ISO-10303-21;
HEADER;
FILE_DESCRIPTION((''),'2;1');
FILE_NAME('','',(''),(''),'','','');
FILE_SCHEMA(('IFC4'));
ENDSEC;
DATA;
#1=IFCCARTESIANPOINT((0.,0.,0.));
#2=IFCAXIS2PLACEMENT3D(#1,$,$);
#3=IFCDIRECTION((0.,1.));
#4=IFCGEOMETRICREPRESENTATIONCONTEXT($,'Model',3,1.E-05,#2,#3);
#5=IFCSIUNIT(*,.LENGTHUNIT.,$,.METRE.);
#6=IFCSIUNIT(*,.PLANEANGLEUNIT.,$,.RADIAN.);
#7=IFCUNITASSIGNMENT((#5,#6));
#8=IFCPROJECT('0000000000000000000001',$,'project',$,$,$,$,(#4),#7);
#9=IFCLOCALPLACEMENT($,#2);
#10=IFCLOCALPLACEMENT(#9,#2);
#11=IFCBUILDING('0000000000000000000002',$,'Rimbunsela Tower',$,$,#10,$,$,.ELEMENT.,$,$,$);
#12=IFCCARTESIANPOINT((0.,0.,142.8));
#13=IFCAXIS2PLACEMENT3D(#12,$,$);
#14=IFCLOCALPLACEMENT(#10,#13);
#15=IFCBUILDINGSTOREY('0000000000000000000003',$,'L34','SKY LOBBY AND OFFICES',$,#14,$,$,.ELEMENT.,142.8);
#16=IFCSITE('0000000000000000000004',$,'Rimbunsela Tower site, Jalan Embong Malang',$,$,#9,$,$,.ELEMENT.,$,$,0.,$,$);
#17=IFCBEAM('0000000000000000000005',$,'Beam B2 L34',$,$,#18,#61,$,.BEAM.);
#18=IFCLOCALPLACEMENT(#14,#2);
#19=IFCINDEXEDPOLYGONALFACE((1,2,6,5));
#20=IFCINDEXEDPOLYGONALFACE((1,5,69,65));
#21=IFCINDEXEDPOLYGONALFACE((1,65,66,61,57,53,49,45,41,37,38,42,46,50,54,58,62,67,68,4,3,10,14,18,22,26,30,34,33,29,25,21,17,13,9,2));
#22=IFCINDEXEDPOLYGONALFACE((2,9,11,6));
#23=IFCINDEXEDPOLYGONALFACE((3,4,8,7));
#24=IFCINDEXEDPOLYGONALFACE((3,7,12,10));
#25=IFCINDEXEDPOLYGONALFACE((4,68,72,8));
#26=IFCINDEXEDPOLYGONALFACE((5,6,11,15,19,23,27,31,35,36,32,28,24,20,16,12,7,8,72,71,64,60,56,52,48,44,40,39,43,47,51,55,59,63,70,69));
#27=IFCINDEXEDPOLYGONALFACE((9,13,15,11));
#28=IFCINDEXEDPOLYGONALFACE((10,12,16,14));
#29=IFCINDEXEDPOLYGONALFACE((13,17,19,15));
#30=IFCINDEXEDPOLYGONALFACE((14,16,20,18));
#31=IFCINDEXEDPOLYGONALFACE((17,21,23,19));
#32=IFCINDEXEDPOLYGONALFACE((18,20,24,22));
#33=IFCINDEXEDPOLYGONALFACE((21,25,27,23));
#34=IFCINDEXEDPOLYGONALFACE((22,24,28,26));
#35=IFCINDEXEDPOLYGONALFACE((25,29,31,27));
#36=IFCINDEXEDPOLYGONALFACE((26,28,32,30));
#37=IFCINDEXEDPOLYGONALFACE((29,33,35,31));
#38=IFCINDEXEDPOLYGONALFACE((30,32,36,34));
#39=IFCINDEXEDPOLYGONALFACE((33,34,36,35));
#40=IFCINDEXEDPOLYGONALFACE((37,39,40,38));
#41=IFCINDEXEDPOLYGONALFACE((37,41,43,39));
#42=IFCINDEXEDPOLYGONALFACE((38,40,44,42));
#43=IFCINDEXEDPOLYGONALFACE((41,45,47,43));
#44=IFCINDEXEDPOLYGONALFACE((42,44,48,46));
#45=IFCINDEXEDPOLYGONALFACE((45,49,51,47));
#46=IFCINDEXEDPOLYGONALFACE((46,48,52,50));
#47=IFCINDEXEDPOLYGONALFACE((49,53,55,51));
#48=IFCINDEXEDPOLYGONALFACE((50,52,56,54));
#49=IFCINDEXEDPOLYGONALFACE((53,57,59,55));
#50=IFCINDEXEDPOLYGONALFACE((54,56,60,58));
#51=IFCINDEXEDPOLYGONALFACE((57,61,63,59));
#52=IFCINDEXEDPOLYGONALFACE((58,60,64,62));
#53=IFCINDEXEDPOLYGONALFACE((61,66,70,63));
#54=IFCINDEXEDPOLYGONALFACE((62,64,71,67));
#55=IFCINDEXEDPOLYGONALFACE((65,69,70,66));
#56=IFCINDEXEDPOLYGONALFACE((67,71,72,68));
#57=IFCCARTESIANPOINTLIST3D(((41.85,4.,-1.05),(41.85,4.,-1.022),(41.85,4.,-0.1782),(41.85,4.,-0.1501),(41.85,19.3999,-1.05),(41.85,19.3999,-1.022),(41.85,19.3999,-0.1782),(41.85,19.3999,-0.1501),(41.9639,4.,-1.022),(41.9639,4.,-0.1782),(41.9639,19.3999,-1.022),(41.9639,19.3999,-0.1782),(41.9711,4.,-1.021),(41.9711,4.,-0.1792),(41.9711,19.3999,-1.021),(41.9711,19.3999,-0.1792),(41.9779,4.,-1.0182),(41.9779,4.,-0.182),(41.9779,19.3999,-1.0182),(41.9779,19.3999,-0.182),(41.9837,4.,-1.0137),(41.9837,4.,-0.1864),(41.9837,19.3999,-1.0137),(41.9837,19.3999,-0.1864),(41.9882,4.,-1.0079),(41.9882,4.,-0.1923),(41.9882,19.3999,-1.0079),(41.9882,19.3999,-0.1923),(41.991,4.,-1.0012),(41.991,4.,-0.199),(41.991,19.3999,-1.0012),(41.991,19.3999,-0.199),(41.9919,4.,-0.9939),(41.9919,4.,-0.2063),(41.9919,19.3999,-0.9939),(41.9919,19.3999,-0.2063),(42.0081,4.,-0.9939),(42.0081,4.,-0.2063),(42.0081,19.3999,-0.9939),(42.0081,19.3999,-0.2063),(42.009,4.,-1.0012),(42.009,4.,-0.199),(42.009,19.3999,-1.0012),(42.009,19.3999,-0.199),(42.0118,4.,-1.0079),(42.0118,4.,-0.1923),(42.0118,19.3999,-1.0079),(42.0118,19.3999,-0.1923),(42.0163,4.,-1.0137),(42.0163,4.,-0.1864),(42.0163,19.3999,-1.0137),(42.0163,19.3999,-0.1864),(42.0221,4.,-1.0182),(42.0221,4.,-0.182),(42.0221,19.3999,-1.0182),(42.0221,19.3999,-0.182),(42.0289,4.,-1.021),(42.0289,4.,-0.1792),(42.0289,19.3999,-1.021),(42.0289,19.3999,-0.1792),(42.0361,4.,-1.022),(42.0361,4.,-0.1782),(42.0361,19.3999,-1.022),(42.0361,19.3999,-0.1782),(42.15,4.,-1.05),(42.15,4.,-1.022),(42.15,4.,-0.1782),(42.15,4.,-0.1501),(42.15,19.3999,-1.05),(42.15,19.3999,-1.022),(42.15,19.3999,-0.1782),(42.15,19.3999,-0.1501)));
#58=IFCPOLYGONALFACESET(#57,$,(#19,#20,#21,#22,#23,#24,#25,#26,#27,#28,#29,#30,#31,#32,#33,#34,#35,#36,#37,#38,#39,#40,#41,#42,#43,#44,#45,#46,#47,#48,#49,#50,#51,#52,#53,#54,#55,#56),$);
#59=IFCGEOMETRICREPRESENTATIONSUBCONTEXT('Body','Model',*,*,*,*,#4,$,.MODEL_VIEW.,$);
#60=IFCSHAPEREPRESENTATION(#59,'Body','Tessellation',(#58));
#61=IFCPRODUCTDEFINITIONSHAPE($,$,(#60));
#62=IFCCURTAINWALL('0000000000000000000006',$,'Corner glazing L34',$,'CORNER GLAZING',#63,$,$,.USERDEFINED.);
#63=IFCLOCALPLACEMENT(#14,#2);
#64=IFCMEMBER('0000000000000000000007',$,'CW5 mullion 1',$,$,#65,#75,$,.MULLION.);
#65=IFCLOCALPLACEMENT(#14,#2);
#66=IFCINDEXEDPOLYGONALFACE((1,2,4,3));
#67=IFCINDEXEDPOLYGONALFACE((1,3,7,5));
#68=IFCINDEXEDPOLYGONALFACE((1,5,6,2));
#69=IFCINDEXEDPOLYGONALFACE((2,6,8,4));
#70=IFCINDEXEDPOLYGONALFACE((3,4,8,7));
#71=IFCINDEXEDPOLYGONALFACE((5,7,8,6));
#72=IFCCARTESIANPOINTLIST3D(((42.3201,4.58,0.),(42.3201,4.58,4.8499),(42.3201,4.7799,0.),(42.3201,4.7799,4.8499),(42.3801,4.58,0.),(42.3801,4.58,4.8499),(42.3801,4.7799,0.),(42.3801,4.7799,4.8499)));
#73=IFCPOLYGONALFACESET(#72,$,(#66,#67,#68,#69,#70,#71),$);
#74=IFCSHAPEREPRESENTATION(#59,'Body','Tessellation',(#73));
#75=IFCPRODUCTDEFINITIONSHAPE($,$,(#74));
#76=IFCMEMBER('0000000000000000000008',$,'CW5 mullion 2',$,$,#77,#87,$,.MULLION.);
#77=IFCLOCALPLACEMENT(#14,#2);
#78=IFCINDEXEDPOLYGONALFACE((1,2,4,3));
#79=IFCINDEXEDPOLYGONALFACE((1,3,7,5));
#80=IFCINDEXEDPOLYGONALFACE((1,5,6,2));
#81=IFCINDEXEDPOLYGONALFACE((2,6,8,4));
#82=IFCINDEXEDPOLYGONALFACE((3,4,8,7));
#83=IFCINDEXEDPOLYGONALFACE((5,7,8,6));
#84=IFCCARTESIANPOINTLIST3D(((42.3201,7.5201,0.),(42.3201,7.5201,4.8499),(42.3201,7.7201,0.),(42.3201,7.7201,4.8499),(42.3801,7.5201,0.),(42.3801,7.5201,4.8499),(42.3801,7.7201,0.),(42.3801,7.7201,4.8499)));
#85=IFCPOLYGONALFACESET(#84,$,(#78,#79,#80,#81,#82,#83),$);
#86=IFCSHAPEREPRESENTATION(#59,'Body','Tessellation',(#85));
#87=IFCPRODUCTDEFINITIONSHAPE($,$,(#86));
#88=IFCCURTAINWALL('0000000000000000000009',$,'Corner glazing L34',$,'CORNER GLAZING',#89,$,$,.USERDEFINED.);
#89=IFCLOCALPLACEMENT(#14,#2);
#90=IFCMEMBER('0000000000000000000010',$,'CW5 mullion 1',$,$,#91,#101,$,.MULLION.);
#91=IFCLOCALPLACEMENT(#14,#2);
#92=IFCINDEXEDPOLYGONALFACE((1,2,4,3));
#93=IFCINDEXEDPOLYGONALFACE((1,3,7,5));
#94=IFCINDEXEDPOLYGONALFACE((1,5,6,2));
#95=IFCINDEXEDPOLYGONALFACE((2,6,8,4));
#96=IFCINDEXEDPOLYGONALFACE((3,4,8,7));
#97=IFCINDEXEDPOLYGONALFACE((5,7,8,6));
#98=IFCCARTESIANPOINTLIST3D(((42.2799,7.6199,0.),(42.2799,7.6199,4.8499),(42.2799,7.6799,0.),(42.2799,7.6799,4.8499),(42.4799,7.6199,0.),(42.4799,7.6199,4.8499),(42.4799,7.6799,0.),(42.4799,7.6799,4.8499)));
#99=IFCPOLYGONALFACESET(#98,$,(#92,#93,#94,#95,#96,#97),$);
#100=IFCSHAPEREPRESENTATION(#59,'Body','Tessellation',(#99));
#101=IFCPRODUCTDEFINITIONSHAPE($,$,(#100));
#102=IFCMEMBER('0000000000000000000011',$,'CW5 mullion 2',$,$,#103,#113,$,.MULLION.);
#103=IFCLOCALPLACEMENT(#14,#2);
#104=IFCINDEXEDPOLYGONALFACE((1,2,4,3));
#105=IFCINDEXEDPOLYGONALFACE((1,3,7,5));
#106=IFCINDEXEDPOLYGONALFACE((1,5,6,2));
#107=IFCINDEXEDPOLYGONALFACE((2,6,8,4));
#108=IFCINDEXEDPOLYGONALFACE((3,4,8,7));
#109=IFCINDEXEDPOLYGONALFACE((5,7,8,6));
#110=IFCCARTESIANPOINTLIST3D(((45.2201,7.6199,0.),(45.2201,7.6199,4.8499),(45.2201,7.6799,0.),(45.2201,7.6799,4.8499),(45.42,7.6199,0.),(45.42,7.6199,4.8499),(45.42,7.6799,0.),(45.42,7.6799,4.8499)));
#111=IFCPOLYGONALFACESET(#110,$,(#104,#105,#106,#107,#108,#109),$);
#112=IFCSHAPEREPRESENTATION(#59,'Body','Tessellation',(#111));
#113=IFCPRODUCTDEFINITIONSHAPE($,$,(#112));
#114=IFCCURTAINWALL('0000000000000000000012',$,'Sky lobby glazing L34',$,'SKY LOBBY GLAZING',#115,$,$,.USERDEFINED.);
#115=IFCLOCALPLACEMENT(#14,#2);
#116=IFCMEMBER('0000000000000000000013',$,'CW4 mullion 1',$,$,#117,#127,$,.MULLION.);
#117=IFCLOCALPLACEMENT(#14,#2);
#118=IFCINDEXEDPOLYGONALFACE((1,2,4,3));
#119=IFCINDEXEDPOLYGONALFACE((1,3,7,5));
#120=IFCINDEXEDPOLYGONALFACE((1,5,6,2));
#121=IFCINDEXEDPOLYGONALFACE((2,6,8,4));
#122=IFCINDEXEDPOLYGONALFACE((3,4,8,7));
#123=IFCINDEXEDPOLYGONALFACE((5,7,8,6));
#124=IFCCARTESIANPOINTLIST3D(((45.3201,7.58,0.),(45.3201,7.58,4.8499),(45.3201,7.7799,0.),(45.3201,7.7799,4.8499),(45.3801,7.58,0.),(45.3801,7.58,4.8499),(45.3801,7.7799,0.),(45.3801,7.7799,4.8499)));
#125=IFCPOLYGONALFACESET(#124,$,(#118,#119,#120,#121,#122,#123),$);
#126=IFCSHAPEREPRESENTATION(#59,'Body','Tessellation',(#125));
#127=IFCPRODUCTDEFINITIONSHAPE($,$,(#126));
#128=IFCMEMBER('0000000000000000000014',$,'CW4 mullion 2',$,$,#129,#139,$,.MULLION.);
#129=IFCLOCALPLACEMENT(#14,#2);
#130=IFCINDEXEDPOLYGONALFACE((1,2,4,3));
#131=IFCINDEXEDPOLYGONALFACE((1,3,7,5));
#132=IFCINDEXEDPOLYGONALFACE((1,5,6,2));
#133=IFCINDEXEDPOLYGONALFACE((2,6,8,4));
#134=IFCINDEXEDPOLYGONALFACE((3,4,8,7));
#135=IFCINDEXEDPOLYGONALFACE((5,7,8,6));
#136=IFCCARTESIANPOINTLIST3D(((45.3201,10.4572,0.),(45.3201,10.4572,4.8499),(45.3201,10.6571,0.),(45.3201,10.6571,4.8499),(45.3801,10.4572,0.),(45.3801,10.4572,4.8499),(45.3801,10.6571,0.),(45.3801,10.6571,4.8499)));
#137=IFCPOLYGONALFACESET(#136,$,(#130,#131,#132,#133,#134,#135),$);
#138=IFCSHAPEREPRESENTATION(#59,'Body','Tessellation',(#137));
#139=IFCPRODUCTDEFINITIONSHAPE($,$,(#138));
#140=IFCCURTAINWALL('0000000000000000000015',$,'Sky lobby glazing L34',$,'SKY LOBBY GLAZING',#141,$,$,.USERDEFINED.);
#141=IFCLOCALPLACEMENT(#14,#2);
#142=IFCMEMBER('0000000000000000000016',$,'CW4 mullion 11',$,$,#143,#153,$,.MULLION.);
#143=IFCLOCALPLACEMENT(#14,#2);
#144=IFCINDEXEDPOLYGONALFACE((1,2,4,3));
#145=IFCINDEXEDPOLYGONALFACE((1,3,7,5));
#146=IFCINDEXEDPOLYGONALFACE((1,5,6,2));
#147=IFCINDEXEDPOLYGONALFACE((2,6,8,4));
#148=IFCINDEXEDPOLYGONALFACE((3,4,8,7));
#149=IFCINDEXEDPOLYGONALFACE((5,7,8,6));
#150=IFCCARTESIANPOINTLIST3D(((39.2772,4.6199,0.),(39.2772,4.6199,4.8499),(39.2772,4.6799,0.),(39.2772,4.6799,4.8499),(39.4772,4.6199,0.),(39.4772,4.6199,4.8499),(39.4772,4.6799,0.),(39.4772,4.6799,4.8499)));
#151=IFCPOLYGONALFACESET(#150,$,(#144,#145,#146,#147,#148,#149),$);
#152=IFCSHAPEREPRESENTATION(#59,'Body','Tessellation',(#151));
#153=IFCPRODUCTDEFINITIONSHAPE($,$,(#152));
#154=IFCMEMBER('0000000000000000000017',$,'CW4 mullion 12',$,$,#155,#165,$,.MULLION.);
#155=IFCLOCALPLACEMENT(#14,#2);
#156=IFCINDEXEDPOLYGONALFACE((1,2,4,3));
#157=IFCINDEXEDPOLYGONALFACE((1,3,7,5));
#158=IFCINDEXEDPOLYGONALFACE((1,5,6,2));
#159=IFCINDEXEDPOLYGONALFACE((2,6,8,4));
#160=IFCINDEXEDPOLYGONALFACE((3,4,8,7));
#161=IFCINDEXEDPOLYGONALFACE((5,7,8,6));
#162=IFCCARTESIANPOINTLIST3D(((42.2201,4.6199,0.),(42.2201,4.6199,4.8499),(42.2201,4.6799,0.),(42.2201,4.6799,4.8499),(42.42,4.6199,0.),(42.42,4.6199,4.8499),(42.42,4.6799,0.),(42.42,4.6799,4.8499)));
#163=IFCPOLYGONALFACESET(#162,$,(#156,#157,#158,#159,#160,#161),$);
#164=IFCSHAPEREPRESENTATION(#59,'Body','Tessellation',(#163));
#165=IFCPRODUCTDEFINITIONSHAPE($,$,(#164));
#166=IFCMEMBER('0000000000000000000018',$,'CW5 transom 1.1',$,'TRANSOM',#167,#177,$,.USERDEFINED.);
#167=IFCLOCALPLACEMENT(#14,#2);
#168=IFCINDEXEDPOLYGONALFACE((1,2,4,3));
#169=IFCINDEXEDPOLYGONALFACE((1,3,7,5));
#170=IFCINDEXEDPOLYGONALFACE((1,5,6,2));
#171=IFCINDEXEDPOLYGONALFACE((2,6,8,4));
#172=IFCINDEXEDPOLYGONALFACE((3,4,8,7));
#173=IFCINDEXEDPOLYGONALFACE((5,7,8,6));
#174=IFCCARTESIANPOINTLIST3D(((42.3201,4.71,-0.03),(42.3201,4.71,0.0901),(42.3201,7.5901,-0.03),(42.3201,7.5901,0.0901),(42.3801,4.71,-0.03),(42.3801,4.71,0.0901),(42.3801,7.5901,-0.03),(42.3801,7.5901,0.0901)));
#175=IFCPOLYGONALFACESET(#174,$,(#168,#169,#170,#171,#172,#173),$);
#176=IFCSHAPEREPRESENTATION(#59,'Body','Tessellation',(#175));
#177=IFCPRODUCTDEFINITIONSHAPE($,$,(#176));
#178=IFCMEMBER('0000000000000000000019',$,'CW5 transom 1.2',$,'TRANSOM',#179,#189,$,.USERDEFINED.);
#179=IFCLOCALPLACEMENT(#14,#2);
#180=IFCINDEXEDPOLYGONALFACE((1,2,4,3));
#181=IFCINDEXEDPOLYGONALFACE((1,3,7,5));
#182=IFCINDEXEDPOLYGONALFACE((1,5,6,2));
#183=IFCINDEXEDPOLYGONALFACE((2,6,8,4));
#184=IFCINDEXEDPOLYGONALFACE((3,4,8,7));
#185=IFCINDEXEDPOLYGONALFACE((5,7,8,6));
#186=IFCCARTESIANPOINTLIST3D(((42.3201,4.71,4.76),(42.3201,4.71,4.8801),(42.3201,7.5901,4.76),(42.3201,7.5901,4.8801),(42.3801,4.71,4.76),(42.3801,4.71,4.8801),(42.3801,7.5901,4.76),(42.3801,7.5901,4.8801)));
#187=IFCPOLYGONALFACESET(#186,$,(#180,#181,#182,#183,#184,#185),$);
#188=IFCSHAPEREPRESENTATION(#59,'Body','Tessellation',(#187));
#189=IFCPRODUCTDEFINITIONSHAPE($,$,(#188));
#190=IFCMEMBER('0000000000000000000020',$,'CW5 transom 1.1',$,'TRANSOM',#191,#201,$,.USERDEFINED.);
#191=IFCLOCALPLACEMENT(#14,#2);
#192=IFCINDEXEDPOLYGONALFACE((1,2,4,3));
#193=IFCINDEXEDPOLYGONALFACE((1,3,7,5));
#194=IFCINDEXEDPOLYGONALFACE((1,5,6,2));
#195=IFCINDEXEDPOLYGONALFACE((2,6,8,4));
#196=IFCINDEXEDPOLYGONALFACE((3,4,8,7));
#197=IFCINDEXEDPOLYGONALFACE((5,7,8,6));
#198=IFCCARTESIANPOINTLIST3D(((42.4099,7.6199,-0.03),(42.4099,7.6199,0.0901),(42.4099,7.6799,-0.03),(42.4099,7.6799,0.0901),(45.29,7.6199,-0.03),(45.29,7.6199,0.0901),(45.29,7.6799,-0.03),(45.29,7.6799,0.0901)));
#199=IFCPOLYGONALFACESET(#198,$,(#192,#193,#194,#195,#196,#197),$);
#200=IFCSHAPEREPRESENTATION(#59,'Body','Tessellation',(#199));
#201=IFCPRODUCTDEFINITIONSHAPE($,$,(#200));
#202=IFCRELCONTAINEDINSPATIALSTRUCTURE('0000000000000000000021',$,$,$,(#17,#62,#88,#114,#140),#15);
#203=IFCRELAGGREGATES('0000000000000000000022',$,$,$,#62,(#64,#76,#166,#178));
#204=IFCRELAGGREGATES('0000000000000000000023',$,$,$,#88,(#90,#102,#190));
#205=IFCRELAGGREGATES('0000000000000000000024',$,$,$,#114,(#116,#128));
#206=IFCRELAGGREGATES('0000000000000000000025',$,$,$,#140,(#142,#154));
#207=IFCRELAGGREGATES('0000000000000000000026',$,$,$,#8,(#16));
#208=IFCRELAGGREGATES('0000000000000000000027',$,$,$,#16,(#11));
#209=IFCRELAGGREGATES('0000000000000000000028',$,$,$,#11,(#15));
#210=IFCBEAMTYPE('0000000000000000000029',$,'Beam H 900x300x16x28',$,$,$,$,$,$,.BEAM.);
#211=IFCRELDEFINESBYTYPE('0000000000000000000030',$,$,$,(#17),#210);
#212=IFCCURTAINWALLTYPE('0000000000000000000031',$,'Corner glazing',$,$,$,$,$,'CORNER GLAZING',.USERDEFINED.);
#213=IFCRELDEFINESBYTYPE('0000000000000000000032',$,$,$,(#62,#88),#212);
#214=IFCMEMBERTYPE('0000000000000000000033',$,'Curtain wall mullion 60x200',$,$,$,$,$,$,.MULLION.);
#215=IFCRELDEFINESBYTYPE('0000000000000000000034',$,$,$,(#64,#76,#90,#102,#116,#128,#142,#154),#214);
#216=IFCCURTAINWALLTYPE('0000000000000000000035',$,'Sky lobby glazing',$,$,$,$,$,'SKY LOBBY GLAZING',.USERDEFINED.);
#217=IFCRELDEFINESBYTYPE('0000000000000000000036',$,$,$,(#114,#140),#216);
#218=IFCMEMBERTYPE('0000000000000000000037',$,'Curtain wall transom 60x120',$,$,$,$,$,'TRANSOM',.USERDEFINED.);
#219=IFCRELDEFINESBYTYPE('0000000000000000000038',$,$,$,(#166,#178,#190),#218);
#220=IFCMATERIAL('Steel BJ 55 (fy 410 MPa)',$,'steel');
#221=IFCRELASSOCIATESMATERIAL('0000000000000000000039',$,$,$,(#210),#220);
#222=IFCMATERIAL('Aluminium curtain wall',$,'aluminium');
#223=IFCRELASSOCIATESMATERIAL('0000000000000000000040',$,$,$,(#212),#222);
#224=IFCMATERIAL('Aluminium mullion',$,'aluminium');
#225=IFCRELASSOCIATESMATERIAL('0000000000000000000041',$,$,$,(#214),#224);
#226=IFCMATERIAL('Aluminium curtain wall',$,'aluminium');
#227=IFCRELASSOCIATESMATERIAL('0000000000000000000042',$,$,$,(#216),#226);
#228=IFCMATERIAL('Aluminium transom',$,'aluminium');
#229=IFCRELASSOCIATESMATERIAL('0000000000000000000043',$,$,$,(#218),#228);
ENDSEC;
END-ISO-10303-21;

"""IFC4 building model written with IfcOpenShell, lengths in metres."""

from ifc_helpers import new_model, si_unit, direction, frame, origin, origin_2d, place, context, subcontext, project, spatial, rectangle, i_section, extrude, material, material_profile, profile_set, type_object, element, aggregate, save


model = new_model("IFC4")

# Units and contexts
model_context = context("Model", 3, precision=1e-05, world=origin(), true_north=direction((0.0, 1.0)))
body_context = subcontext(model_context, "Body", "Model", "MODEL_VIEW")
ifc_project = project(units=[si_unit("LENGTHUNIT", "METRE"), si_unit("PLANEANGLEUNIT", "RADIAN")], contexts=[model_context])

# Site, building, storey
site_placement = place(None, origin())
site = spatial("IfcSite", under=ifc_project, at=site_placement, Name="Rimbunsela Tower site, Jalan Embong Malang", CompositionType="ELEMENT", RefElevation=0.0)
building_placement = place(site_placement, origin())
building = spatial("IfcBuilding", under=site, at=building_placement, Name="Rimbunsela Tower", CompositionType="ELEMENT")
storey_placement = place(building_placement, frame((0.0, 0.0, 142.8)))
storey = spatial("IfcBuildingStorey", under=building, at=storey_placement, Name="L34", Description="SKY LOBBY AND OFFICES", CompositionType="ELEMENT", Elevation=142.8)

# Beam
ifc_material_1 = material(Name="Steel BJ 55 (fy 410 MPa)", Category="steel")
ifc_material_profile_1 = material_profile(ifc_material_1, i_section(OverallWidth=0.3, OverallDepth=0.8999, WebThickness=0.0161, FlangeThickness=0.0281, FilletRadius=0.0281, at=origin_2d()), Name="H 900x300x16x28")
ifc_profile_set_1 = profile_set([ifc_material_profile_1], Name="Steel BJ 55 (fy 410 MPa)")
beam_type_1 = type_object("IfcBeamType", Name="Beam H 900x300x16x28", PredefinedType="BEAM", material=ifc_profile_set_1)
beam_1_placement = place(storey_placement, frame((42.0, 4.0, -0.6001), z_axis=(0.0, 1.0, 0.0), x_axis=(-1.0, 0.0, 0.0)))
element("IfcBeam", 1, at=beam_1_placement, inside=storey, type_object=beam_type_1, Name="Beam B2 L34", PredefinedType="BEAM", context=body_context, shape_type="SweptSolid", body=[
    extrude(i_section(OverallWidth=0.3, OverallDepth=0.8999, WebThickness=0.0161, FlangeThickness=0.0281, FilletRadius=0.0281, at=origin_2d()), origin(), (0.0, 0.0, 1.0), 15.3999),
])

# Curtain walls, members
ifc_material_2 = material(Name="Aluminium curtain wall", Category="aluminium")
curtain_wall_type_1 = type_object("IfcCurtainWallType", Name="Corner glazing", ElementType="CORNER GLAZING", PredefinedType="USERDEFINED", material=ifc_material_2)
curtain_wall_1_placement = place(storey_placement, origin())
curtain_wall_1 = element("IfcCurtainWall", 2, at=curtain_wall_1_placement, inside=storey, type_object=curtain_wall_type_1, Name="Corner glazing L34", ObjectType="CORNER GLAZING", PredefinedType="USERDEFINED")
ifc_material_3 = material(Name="Aluminium mullion", Category="aluminium")
ifc_material_profile_2 = material_profile(ifc_material_3, rectangle(XDim=0.0601, YDim=0.2, at=origin_2d()), Name="Mullion 60x200")
ifc_profile_set_2 = profile_set([ifc_material_profile_2], Name="Aluminium mullion")
member_type_1 = type_object("IfcMemberType", Name="Curtain wall mullion 60x200", PredefinedType="MULLION", material=ifc_profile_set_2)
member_1_placement = place(storey_placement, frame((42.3501, 4.6799, 0.0), z_axis=(0.0, 0.0, 1.0), x_axis=(-1.0, 0.0, 0.0)))
member_1 = element("IfcMember", 3, at=member_1_placement, type_object=member_type_1, Name="CW5 mullion 1", PredefinedType="MULLION", context=body_context, shape_type="SweptSolid", body=[
    extrude(rectangle(XDim=0.0601, YDim=0.2, at=origin_2d()), origin(), (0.0, 0.0, 1.0), 4.8499),
])
member_2_placement = place(storey_placement, frame((42.3501, 7.6201, 0.0), z_axis=(0.0, 0.0, 1.0), x_axis=(-1.0, 0.0, 0.0)))
member_2 = element("IfcMember", 4, at=member_2_placement, type_object=member_type_1, Name="CW5 mullion 2", PredefinedType="MULLION", context=body_context, shape_type="SweptSolid", body=[
    extrude(rectangle(XDim=0.0601, YDim=0.2, at=origin_2d()), origin(), (0.0, 0.0, 1.0), 4.8499),
])
curtain_wall_2_placement = place(storey_placement, origin())
curtain_wall_2 = element("IfcCurtainWall", 5, at=curtain_wall_2_placement, inside=storey, type_object=curtain_wall_type_1, Name="Corner glazing L34", ObjectType="CORNER GLAZING", PredefinedType="USERDEFINED")
member_3_placement = place(storey_placement, frame((42.3799, 7.6499, 0.0), z_axis=(0.0, 0.0, 1.0), x_axis=(0.0, 1.0, 0.0)))
member_3 = element("IfcMember", 6, at=member_3_placement, type_object=member_type_1, Name="CW5 mullion 1", PredefinedType="MULLION", context=body_context, shape_type="SweptSolid", body=[
    extrude(rectangle(XDim=0.0601, YDim=0.2, at=origin_2d()), origin(), (0.0, 0.0, 1.0), 4.8499),
])
member_4_placement = place(storey_placement, frame((45.3201, 7.6499, 0.0), z_axis=(0.0, 0.0, 1.0), x_axis=(0.0, 1.0, 0.0)))
member_4 = element("IfcMember", 7, at=member_4_placement, type_object=member_type_1, Name="CW5 mullion 2", PredefinedType="MULLION", context=body_context, shape_type="SweptSolid", body=[
    extrude(rectangle(XDim=0.0601, YDim=0.2, at=origin_2d()), origin(), (0.0, 0.0, 1.0), 4.8499),
])
ifc_material_4 = material(Name="Aluminium curtain wall", Category="aluminium")
curtain_wall_type_2 = type_object("IfcCurtainWallType", Name="Sky lobby glazing", ElementType="SKY LOBBY GLAZING", PredefinedType="USERDEFINED", material=ifc_material_4)
curtain_wall_3_placement = place(storey_placement, origin())
curtain_wall_3 = element("IfcCurtainWall", 8, at=curtain_wall_3_placement, inside=storey, type_object=curtain_wall_type_2, Name="Sky lobby glazing L34", ObjectType="SKY LOBBY GLAZING", PredefinedType="USERDEFINED")
member_5_placement = place(storey_placement, frame((45.3501, 7.6799, 0.0), z_axis=(0.0, 0.0, 1.0), x_axis=(-1.0, 0.0, 0.0)))
member_5 = element("IfcMember", 9, at=member_5_placement, type_object=member_type_1, Name="CW4 mullion 1", PredefinedType="MULLION", context=body_context, shape_type="SweptSolid", body=[
    extrude(rectangle(XDim=0.0601, YDim=0.2, at=origin_2d()), origin(), (0.0, 0.0, 1.0), 4.8499),
])
member_6_placement = place(storey_placement, frame((45.3501, 10.5571, 0.0), z_axis=(0.0, 0.0, 1.0), x_axis=(-1.0, 0.0, 0.0)))
member_6 = element("IfcMember", 10, at=member_6_placement, type_object=member_type_1, Name="CW4 mullion 2", PredefinedType="MULLION", context=body_context, shape_type="SweptSolid", body=[
    extrude(rectangle(XDim=0.0601, YDim=0.2, at=origin_2d()), origin(), (0.0, 0.0, 1.0), 4.8499),
])
curtain_wall_4_placement = place(storey_placement, origin())
curtain_wall_4 = element("IfcCurtainWall", 11, at=curtain_wall_4_placement, inside=storey, type_object=curtain_wall_type_2, Name="Sky lobby glazing L34", ObjectType="SKY LOBBY GLAZING", PredefinedType="USERDEFINED")
member_7_placement = place(storey_placement, frame((39.3772, 4.6499, 0.0), z_axis=(0.0, 0.0, 1.0), x_axis=(0.0, 1.0, 0.0)))
member_7 = element("IfcMember", 12, at=member_7_placement, type_object=member_type_1, Name="CW4 mullion 11", PredefinedType="MULLION", context=body_context, shape_type="SweptSolid", body=[
    extrude(rectangle(XDim=0.0601, YDim=0.2, at=origin_2d()), origin(), (0.0, 0.0, 1.0), 4.8499),
])
member_8_placement = place(storey_placement, frame((42.3201, 4.6499, 0.0), z_axis=(0.0, 0.0, 1.0), x_axis=(0.0, 1.0, 0.0)))
member_8 = element("IfcMember", 13, at=member_8_placement, type_object=member_type_1, Name="CW4 mullion 12", PredefinedType="MULLION", context=body_context, shape_type="SweptSolid", body=[
    extrude(rectangle(XDim=0.0601, YDim=0.2, at=origin_2d()), origin(), (0.0, 0.0, 1.0), 4.8499),
])

# Members
ifc_material_5 = material(Name="Aluminium transom", Category="aluminium")
ifc_material_profile_3 = material_profile(ifc_material_5, rectangle(XDim=0.0601, YDim=0.1201, at=origin_2d()), Name="Transom 60x120")
ifc_profile_set_3 = profile_set([ifc_material_profile_3], Name="Aluminium transom")
member_type_2 = type_object("IfcMemberType", Name="Curtain wall transom 60x120", ElementType="TRANSOM", PredefinedType="USERDEFINED", material=ifc_profile_set_3)
member_9_placement = place(storey_placement, frame((42.3501, 4.71, 0.03), z_axis=(0.0, 1.0, 0.0), x_axis=(-1.0, 0.0, 0.0)))
member_9 = element("IfcMember", 14, at=member_9_placement, type_object=member_type_2, Name="CW5 transom 1.1", ObjectType="TRANSOM", PredefinedType="USERDEFINED", context=body_context, shape_type="SweptSolid", body=[
    extrude(rectangle(XDim=0.0601, YDim=0.1201, at=origin_2d()), origin(), (0.0, 0.0, 1.0), 2.8801),
])
member_10_placement = place(storey_placement, frame((42.3501, 4.71, 4.8201), z_axis=(0.0, 1.0, 0.0), x_axis=(-1.0, 0.0, 0.0)))
member_10 = element("IfcMember", 15, at=member_10_placement, type_object=member_type_2, Name="CW5 transom 1.2", ObjectType="TRANSOM", PredefinedType="USERDEFINED", context=body_context, shape_type="SweptSolid", body=[
    extrude(rectangle(XDim=0.0601, YDim=0.1201, at=origin_2d()), origin(), (0.0, 0.0, 1.0), 2.8801),
])
member_11_placement = place(storey_placement, frame((42.4099, 7.6499, 0.03), z_axis=(1.0, 0.0, 0.0), x_axis=(0.0, 1.0, 0.0)))
member_11 = element("IfcMember", 16, at=member_11_placement, type_object=member_type_2, Name="CW5 transom 1.1", ObjectType="TRANSOM", PredefinedType="USERDEFINED", context=body_context, shape_type="SweptSolid", body=[
    extrude(rectangle(XDim=0.0601, YDim=0.1201, at=origin_2d()), origin(), (0.0, 0.0, 1.0), 2.8801),
])

aggregate(curtain_wall_1, [member_1, member_2, member_9, member_10])
aggregate(curtain_wall_2, [member_3, member_4, member_11])
aggregate(curtain_wall_3, [member_5, member_6])
aggregate(curtain_wall_4, [member_7, member_8])

save(model, "model.ifc")
